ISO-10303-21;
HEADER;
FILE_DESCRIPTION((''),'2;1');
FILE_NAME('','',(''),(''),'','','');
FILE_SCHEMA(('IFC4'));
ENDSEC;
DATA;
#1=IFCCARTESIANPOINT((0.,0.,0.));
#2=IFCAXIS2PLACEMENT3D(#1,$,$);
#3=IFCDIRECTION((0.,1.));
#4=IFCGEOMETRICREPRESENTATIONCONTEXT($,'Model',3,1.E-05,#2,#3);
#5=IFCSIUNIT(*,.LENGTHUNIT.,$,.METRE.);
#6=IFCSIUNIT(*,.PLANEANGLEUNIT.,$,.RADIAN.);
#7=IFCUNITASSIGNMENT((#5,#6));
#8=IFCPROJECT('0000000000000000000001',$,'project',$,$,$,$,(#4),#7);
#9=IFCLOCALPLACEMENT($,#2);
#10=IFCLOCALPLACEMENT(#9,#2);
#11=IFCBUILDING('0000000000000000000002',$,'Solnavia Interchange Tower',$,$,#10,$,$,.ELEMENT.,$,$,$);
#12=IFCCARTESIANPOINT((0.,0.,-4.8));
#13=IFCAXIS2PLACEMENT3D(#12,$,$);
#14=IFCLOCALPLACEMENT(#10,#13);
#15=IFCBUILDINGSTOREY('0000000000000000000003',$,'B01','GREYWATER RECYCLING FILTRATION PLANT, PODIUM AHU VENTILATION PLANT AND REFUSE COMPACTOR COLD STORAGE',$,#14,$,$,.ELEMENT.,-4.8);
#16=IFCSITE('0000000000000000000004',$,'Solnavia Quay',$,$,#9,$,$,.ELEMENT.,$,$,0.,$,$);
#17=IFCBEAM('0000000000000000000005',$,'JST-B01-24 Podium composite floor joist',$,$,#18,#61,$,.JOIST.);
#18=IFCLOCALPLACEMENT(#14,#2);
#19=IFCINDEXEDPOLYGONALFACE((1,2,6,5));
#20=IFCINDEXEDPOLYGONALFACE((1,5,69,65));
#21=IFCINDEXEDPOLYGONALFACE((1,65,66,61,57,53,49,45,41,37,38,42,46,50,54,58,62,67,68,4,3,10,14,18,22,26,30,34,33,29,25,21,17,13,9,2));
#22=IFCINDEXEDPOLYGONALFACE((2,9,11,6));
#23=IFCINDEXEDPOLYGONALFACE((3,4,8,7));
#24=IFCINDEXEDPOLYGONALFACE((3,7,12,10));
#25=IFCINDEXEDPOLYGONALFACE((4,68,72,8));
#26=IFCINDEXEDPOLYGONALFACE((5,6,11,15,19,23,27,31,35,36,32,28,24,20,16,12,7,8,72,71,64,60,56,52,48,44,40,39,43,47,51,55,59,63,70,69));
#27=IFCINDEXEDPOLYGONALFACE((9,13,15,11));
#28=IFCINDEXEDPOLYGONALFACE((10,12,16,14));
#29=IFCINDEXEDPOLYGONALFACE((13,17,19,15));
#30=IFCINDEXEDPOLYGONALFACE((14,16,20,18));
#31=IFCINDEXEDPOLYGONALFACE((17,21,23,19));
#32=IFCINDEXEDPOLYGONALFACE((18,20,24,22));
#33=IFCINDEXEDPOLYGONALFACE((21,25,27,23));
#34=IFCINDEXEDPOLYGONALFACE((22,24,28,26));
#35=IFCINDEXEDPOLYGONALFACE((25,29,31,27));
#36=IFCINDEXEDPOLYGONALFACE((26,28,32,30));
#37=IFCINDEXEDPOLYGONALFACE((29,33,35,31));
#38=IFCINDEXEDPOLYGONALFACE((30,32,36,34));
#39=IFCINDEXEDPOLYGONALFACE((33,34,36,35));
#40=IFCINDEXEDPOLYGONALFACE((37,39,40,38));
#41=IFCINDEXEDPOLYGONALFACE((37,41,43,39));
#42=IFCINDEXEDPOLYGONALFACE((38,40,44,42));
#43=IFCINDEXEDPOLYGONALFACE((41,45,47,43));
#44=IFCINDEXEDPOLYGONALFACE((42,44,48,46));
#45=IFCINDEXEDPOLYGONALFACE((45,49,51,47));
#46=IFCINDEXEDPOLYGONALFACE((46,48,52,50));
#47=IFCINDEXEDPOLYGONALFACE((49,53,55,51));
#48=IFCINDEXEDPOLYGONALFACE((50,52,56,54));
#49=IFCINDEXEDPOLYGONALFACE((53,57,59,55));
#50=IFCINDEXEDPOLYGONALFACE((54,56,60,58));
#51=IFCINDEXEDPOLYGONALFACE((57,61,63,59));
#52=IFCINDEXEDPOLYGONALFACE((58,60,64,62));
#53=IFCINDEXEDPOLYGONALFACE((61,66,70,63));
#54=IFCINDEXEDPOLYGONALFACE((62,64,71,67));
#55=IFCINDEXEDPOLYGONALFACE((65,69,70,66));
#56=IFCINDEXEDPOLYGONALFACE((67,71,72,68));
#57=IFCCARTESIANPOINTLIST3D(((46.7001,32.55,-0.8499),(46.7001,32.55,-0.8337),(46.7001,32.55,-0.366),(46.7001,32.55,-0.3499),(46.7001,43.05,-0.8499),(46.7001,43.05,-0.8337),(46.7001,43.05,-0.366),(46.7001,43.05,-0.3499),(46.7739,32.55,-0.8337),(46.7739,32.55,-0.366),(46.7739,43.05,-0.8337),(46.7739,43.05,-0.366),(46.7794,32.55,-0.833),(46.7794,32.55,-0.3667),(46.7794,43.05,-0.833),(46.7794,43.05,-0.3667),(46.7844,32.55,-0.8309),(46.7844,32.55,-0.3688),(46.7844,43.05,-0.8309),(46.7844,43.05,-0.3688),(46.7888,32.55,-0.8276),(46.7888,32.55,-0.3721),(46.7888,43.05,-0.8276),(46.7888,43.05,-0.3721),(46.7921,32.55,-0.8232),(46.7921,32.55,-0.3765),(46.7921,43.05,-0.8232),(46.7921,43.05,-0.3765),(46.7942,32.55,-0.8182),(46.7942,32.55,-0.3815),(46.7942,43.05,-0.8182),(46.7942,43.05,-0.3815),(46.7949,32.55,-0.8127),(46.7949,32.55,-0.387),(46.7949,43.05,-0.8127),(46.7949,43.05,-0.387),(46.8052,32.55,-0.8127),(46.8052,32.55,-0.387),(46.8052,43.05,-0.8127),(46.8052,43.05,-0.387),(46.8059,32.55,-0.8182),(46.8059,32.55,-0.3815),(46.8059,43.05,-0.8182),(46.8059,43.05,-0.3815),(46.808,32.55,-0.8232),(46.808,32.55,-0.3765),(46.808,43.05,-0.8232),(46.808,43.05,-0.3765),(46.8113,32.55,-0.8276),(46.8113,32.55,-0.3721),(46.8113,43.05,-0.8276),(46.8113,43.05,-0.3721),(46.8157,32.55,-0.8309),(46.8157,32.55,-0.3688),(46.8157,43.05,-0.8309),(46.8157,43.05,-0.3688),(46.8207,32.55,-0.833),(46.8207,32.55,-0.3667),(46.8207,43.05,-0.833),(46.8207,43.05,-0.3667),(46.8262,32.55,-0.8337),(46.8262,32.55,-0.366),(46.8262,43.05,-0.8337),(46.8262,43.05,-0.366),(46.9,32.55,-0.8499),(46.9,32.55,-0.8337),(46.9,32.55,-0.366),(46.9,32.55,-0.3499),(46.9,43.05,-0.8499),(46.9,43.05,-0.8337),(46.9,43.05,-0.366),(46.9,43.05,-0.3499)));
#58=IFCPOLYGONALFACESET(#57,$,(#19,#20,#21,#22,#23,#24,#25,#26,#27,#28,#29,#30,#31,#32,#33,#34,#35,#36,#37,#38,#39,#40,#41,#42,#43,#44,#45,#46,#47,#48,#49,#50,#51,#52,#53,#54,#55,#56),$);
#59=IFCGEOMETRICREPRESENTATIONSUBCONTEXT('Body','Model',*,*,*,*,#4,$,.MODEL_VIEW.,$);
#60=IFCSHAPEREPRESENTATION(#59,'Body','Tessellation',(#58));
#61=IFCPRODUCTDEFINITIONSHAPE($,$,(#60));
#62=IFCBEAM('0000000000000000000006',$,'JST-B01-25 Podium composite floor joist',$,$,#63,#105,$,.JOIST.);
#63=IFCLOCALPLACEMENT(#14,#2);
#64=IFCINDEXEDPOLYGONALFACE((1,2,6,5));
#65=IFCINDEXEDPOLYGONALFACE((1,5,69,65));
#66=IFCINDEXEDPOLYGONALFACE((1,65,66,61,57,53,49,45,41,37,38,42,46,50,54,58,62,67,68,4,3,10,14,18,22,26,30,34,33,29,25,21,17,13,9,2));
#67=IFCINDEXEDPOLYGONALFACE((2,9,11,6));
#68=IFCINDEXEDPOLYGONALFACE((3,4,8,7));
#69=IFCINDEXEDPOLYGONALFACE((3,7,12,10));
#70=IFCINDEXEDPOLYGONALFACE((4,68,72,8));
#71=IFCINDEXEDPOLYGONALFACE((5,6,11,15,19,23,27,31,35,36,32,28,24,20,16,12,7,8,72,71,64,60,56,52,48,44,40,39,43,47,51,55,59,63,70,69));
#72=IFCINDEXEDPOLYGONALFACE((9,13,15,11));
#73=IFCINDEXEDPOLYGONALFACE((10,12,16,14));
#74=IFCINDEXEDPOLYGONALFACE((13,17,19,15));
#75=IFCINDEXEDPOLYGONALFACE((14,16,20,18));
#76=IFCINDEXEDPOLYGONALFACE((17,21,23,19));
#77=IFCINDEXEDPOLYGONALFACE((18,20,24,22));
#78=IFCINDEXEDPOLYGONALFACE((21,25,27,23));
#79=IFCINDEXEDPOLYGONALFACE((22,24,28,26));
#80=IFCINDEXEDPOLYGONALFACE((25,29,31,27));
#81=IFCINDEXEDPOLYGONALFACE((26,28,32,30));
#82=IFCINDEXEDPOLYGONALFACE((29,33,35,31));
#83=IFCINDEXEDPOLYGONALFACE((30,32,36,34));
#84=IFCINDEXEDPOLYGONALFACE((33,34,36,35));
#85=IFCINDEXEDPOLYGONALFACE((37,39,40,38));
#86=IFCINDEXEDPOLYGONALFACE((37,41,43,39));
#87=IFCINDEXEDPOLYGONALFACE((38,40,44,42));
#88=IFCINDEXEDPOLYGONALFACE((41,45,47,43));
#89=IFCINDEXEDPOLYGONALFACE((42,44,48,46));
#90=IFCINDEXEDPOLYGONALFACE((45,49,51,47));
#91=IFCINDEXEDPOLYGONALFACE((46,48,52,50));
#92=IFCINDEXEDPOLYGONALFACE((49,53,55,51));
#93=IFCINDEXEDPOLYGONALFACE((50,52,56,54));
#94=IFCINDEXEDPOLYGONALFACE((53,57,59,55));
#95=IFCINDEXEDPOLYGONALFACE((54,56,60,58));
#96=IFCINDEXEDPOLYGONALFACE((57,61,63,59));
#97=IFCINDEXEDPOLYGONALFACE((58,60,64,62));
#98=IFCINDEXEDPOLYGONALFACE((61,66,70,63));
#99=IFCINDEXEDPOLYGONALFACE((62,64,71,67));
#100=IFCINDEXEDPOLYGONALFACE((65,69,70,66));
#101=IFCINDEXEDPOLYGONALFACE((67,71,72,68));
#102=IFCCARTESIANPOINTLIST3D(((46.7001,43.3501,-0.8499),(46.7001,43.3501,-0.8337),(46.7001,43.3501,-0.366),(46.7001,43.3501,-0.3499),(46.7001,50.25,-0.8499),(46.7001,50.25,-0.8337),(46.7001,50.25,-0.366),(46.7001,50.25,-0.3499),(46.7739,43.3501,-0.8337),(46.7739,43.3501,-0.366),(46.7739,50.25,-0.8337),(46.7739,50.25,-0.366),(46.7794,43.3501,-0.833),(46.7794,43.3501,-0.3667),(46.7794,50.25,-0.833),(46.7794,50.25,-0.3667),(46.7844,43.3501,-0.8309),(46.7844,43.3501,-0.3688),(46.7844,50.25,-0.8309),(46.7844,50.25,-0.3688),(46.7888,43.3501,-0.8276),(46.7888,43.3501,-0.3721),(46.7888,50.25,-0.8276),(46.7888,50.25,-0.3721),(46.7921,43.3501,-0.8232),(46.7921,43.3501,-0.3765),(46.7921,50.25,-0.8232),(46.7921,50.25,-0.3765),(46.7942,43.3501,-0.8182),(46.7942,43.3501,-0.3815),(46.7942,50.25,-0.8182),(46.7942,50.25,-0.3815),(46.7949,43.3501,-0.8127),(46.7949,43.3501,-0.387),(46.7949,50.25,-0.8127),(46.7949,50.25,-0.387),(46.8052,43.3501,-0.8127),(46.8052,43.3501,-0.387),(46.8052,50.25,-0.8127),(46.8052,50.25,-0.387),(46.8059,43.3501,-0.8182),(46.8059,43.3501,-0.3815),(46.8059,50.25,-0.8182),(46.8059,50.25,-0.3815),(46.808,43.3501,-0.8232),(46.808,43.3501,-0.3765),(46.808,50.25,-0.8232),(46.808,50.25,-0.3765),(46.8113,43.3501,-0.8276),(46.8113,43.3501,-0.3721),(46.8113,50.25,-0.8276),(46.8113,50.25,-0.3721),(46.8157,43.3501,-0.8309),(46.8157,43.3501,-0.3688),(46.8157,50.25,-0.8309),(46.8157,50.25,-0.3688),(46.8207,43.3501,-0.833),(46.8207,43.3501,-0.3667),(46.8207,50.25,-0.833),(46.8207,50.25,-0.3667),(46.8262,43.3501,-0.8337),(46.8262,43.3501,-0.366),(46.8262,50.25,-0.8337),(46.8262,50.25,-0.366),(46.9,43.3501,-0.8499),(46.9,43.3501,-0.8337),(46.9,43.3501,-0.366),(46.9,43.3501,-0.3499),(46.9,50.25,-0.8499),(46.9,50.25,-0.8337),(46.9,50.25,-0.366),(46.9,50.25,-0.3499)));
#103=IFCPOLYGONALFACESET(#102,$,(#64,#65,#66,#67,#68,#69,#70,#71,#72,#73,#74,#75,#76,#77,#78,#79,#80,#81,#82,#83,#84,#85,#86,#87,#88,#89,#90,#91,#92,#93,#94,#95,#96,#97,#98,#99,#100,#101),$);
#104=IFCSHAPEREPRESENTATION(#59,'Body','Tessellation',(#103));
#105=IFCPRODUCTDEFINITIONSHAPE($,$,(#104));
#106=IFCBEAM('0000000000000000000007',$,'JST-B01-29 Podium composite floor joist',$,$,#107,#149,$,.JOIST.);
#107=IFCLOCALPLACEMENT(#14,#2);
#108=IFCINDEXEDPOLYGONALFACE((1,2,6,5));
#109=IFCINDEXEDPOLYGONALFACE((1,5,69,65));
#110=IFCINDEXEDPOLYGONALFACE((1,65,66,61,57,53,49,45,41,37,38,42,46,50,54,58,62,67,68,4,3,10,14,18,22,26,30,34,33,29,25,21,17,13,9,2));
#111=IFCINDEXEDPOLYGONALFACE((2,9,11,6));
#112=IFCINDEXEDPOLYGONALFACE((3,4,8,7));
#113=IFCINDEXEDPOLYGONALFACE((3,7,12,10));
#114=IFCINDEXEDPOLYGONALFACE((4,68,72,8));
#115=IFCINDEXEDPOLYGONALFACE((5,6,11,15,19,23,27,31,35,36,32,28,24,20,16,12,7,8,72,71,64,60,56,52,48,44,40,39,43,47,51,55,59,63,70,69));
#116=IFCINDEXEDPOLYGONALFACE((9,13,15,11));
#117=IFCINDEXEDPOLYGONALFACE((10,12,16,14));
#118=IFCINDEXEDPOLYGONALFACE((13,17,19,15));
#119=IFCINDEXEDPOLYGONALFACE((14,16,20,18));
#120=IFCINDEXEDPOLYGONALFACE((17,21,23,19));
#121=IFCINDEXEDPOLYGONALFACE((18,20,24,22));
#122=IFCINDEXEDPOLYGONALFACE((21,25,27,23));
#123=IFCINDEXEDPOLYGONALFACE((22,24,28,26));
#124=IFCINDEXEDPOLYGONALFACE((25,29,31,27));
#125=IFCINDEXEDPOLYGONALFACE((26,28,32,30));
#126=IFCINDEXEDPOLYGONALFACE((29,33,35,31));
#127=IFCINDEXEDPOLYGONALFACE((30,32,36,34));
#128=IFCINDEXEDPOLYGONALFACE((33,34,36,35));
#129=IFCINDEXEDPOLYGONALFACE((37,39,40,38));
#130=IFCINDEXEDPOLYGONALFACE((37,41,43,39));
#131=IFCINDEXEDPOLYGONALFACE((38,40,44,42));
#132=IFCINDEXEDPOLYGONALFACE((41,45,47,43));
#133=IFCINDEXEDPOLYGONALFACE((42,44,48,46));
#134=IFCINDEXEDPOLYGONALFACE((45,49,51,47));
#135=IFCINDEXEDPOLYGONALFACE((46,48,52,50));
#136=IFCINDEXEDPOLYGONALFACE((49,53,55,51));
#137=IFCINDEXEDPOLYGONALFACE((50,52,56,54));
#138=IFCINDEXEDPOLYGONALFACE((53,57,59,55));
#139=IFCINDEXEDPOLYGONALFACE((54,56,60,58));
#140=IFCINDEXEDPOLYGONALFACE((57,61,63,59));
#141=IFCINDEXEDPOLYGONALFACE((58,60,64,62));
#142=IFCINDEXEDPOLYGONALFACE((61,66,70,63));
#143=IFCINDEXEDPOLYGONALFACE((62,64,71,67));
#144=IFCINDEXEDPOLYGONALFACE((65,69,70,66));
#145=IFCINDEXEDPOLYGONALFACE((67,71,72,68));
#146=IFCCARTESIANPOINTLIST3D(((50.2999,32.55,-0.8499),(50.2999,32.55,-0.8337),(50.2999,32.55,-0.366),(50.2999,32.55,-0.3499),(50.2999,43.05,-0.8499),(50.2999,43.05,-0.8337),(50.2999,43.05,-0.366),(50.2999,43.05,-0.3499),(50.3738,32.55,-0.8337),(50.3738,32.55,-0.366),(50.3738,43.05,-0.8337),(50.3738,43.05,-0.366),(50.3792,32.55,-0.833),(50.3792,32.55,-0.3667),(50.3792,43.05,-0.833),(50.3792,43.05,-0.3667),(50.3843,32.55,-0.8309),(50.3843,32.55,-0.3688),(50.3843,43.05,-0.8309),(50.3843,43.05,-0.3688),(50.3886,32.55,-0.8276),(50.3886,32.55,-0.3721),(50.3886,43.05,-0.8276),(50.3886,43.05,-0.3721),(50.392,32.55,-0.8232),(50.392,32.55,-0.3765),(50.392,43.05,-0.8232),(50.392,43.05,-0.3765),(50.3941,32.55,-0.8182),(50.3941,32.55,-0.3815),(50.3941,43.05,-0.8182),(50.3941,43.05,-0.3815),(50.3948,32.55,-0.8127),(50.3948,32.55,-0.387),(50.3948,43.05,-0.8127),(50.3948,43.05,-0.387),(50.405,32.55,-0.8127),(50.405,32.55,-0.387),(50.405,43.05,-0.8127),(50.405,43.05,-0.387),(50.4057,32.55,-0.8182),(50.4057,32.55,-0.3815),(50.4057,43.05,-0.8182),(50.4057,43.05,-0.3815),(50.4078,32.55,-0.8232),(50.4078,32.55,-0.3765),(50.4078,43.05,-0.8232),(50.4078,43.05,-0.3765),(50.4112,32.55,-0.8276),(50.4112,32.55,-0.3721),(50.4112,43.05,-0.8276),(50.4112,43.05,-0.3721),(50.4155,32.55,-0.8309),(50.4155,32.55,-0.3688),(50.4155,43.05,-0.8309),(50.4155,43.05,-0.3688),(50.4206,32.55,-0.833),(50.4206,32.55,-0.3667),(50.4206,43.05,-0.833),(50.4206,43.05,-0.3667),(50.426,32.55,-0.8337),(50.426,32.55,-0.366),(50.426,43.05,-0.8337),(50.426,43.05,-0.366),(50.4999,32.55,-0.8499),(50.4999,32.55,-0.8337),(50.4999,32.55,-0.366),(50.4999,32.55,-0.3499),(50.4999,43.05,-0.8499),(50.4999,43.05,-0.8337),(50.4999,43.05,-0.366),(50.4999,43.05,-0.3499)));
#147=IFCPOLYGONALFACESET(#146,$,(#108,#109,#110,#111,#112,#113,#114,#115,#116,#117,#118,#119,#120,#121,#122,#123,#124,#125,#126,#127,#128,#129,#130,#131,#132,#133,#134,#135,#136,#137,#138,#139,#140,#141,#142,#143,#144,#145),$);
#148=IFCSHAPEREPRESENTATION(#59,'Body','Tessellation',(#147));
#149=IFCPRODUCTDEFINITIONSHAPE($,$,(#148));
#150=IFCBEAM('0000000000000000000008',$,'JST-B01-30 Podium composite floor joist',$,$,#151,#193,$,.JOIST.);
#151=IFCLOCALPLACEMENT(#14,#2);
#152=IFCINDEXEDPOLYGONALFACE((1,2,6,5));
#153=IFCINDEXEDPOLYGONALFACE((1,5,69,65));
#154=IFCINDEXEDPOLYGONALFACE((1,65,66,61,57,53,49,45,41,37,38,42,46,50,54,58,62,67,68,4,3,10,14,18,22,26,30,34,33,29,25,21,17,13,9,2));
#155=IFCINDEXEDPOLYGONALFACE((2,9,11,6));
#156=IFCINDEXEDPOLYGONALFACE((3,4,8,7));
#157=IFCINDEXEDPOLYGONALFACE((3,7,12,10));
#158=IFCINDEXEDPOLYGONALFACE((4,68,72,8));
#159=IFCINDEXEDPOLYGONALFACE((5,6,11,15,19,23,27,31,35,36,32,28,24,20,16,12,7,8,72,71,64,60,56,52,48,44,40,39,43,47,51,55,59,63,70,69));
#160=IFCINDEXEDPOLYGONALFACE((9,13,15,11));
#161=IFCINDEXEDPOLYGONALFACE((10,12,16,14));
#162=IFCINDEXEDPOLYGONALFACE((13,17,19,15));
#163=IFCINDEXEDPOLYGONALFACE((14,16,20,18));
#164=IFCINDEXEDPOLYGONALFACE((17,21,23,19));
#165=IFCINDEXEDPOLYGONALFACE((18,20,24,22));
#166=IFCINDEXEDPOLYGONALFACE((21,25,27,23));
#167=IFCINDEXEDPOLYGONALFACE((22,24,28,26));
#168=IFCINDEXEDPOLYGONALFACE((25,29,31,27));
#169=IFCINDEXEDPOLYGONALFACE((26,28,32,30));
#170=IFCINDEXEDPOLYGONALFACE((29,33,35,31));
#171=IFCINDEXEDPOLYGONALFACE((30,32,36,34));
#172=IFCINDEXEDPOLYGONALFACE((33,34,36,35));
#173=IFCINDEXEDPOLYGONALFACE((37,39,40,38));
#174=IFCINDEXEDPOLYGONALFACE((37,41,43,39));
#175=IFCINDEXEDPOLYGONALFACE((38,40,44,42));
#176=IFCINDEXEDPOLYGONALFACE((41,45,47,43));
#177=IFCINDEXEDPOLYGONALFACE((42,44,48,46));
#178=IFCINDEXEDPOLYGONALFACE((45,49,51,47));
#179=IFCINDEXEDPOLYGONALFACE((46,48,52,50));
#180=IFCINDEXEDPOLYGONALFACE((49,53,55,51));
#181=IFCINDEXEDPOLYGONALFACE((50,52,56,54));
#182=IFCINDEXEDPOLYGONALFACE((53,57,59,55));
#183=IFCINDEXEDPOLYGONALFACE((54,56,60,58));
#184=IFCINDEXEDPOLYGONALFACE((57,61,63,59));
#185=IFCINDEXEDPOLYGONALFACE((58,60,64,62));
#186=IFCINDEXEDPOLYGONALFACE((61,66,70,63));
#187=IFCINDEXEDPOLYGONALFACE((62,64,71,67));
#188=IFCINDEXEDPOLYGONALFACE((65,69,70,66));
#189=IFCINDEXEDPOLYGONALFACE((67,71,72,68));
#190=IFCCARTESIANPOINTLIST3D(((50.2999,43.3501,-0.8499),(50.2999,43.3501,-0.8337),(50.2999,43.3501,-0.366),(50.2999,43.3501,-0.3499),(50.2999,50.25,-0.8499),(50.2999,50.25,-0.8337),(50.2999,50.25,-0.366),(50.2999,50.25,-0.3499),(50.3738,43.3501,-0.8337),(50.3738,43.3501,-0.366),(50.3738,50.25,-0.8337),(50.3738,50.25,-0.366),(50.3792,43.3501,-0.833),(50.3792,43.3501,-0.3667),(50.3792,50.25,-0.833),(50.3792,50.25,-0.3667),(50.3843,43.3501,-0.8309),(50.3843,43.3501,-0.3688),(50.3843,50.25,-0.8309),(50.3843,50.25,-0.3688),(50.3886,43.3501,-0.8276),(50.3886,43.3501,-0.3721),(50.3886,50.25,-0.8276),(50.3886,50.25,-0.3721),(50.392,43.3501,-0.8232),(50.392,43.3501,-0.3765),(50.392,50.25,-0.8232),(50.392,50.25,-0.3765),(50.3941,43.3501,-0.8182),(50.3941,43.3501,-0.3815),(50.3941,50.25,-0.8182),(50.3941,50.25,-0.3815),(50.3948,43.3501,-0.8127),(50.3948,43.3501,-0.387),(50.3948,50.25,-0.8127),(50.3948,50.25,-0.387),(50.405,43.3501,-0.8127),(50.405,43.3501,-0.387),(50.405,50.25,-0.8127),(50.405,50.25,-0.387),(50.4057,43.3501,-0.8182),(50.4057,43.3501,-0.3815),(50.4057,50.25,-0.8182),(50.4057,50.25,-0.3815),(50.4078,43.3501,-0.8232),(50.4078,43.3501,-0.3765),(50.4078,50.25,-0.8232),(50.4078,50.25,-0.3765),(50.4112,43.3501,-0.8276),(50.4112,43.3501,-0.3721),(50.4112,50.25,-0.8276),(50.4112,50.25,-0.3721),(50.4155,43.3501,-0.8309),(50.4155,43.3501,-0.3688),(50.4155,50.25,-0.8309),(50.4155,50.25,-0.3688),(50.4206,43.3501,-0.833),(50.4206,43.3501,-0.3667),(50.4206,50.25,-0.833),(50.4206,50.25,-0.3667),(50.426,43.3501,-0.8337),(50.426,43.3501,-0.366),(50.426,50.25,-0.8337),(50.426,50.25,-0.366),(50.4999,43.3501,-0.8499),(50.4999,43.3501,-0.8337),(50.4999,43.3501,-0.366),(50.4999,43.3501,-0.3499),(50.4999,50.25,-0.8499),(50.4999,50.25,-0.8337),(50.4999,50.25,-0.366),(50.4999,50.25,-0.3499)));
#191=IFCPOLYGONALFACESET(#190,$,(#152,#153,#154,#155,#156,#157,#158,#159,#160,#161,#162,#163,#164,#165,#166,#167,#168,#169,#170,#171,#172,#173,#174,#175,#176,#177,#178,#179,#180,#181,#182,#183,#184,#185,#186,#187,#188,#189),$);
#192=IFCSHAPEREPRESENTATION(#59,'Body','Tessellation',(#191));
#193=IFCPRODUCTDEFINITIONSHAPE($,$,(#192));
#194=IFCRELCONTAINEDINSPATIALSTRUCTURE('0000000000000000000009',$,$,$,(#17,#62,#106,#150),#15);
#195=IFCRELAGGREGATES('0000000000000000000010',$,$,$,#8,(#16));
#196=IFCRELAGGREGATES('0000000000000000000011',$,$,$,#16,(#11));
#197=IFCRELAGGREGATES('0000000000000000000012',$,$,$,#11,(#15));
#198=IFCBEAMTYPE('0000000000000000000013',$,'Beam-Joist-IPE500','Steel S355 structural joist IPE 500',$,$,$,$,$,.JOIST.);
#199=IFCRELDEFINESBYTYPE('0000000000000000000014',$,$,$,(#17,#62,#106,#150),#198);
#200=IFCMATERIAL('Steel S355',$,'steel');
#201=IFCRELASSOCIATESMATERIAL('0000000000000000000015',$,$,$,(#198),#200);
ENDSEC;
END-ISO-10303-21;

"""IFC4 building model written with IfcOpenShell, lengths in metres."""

from ifc_helpers import new_model, si_unit, direction, frame, origin, origin_2d, place, context, subcontext, project, spatial, i_section, extrude, material, material_profile, profile_set, type_object, element, save


model = new_model("IFC4")

# Units and contexts
model_context = context("Model", 3, precision=1e-05, world=origin(), true_north=direction((0.0, 1.0)))
body_context = subcontext(model_context, "Body", "Model", "MODEL_VIEW")
ifc_project = project(units=[si_unit("LENGTHUNIT", "METRE"), si_unit("PLANEANGLEUNIT", "RADIAN")], contexts=[model_context])

# Site, building, storey
site_placement = place(None, origin())
site = spatial("IfcSite", under=ifc_project, at=site_placement, Name="Solnavia Quay", CompositionType="ELEMENT", RefElevation=0.0)
building_placement = place(site_placement, origin())
building = spatial("IfcBuilding", under=site, at=building_placement, Name="Solnavia Interchange Tower", CompositionType="ELEMENT")
storey_placement = place(building_placement, frame((0.0, 0.0, -4.8)))
storey = spatial("IfcBuildingStorey", under=building, at=storey_placement, Name="B01", Description="GREYWATER RECYCLING FILTRATION PLANT, PODIUM AHU VENTILATION PLANT AND REFUSE COMPACTOR COLD STORAGE", CompositionType="ELEMENT", Elevation=-4.8)

# Beams
ifc_material_1 = material(Name="Steel S355", Category="steel")
ifc_material_profile_1 = material_profile(ifc_material_1, i_section(OverallWidth=0.2, OverallDepth=0.5, WebThickness=0.0103, FlangeThickness=0.0161, FilletRadius=0.021, at=origin_2d()), Name="IPE 500")
ifc_profile_set_1 = profile_set([ifc_material_profile_1], Name="Steel S355")
beam_type_1 = type_object("IfcBeamType", Name="Beam-Joist-IPE500", Description="Steel S355 structural joist IPE 500", PredefinedType="JOIST", material=ifc_profile_set_1)
for number, where, z_axis, x_axis, name in (
    (1, (46.8, 32.55, -0.5999), (0.0, 1.0, 0.0), (-1.0, 0.0, 0.0), "JST-B01-24 Podium composite floor joist"),
):
    element("IfcBeam", number, at=place(storey_placement, frame(where, z_axis=z_axis, x_axis=x_axis)), inside=storey, type_object=beam_type_1, Name=name, PredefinedType="JOIST", context=body_context, shape_type="SweptSolid", body=[
        extrude(i_section(OverallWidth=0.2, OverallDepth=0.5, WebThickness=0.0103, FlangeThickness=0.0161, FilletRadius=0.021, at=origin_2d()), origin(), (0.0, 0.0, 1.0), 10.5),
    ])
beam_1_placement = place(storey_placement, frame((46.8, 43.3501, -0.5999), z_axis=(0.0, 1.0, 0.0), x_axis=(-1.0, 0.0, 0.0)))
element("IfcBeam", 2, at=beam_1_placement, inside=storey, type_object=beam_type_1, Name="JST-B01-25 Podium composite floor joist", PredefinedType="JOIST", context=body_context, shape_type="SweptSolid", body=[
    extrude(i_section(OverallWidth=0.2, OverallDepth=0.5, WebThickness=0.0103, FlangeThickness=0.0161, FilletRadius=0.021, at=origin_2d()), origin(), (0.0, 0.0, 1.0), 6.8999),
])
beam_2_placement = place(storey_placement, frame((50.3999, 32.55, -0.5999), z_axis=(0.0, 1.0, 0.0), x_axis=(-1.0, 0.0, 0.0)))
element("IfcBeam", 3, at=beam_2_placement, inside=storey, type_object=beam_type_1, Name="JST-B01-29 Podium composite floor joist", PredefinedType="JOIST", context=body_context, shape_type="SweptSolid", body=[
    extrude(i_section(OverallWidth=0.2, OverallDepth=0.5, WebThickness=0.0103, FlangeThickness=0.0161, FilletRadius=0.021, at=origin_2d()), origin(), (0.0, 0.0, 1.0), 10.5),
])
beam_3_placement = place(storey_placement, frame((50.3999, 43.3501, -0.5999), z_axis=(0.0, 1.0, 0.0), x_axis=(-1.0, 0.0, 0.0)))
element("IfcBeam", 4, at=beam_3_placement, inside=storey, type_object=beam_type_1, Name="JST-B01-30 Podium composite floor joist", PredefinedType="JOIST", context=body_context, shape_type="SweptSolid", body=[
    extrude(i_section(OverallWidth=0.2, OverallDepth=0.5, WebThickness=0.0103, FlangeThickness=0.0161, FilletRadius=0.021, at=origin_2d()), origin(), (0.0, 0.0, 1.0), 6.8999),
])

save(model, "model.ifc")
